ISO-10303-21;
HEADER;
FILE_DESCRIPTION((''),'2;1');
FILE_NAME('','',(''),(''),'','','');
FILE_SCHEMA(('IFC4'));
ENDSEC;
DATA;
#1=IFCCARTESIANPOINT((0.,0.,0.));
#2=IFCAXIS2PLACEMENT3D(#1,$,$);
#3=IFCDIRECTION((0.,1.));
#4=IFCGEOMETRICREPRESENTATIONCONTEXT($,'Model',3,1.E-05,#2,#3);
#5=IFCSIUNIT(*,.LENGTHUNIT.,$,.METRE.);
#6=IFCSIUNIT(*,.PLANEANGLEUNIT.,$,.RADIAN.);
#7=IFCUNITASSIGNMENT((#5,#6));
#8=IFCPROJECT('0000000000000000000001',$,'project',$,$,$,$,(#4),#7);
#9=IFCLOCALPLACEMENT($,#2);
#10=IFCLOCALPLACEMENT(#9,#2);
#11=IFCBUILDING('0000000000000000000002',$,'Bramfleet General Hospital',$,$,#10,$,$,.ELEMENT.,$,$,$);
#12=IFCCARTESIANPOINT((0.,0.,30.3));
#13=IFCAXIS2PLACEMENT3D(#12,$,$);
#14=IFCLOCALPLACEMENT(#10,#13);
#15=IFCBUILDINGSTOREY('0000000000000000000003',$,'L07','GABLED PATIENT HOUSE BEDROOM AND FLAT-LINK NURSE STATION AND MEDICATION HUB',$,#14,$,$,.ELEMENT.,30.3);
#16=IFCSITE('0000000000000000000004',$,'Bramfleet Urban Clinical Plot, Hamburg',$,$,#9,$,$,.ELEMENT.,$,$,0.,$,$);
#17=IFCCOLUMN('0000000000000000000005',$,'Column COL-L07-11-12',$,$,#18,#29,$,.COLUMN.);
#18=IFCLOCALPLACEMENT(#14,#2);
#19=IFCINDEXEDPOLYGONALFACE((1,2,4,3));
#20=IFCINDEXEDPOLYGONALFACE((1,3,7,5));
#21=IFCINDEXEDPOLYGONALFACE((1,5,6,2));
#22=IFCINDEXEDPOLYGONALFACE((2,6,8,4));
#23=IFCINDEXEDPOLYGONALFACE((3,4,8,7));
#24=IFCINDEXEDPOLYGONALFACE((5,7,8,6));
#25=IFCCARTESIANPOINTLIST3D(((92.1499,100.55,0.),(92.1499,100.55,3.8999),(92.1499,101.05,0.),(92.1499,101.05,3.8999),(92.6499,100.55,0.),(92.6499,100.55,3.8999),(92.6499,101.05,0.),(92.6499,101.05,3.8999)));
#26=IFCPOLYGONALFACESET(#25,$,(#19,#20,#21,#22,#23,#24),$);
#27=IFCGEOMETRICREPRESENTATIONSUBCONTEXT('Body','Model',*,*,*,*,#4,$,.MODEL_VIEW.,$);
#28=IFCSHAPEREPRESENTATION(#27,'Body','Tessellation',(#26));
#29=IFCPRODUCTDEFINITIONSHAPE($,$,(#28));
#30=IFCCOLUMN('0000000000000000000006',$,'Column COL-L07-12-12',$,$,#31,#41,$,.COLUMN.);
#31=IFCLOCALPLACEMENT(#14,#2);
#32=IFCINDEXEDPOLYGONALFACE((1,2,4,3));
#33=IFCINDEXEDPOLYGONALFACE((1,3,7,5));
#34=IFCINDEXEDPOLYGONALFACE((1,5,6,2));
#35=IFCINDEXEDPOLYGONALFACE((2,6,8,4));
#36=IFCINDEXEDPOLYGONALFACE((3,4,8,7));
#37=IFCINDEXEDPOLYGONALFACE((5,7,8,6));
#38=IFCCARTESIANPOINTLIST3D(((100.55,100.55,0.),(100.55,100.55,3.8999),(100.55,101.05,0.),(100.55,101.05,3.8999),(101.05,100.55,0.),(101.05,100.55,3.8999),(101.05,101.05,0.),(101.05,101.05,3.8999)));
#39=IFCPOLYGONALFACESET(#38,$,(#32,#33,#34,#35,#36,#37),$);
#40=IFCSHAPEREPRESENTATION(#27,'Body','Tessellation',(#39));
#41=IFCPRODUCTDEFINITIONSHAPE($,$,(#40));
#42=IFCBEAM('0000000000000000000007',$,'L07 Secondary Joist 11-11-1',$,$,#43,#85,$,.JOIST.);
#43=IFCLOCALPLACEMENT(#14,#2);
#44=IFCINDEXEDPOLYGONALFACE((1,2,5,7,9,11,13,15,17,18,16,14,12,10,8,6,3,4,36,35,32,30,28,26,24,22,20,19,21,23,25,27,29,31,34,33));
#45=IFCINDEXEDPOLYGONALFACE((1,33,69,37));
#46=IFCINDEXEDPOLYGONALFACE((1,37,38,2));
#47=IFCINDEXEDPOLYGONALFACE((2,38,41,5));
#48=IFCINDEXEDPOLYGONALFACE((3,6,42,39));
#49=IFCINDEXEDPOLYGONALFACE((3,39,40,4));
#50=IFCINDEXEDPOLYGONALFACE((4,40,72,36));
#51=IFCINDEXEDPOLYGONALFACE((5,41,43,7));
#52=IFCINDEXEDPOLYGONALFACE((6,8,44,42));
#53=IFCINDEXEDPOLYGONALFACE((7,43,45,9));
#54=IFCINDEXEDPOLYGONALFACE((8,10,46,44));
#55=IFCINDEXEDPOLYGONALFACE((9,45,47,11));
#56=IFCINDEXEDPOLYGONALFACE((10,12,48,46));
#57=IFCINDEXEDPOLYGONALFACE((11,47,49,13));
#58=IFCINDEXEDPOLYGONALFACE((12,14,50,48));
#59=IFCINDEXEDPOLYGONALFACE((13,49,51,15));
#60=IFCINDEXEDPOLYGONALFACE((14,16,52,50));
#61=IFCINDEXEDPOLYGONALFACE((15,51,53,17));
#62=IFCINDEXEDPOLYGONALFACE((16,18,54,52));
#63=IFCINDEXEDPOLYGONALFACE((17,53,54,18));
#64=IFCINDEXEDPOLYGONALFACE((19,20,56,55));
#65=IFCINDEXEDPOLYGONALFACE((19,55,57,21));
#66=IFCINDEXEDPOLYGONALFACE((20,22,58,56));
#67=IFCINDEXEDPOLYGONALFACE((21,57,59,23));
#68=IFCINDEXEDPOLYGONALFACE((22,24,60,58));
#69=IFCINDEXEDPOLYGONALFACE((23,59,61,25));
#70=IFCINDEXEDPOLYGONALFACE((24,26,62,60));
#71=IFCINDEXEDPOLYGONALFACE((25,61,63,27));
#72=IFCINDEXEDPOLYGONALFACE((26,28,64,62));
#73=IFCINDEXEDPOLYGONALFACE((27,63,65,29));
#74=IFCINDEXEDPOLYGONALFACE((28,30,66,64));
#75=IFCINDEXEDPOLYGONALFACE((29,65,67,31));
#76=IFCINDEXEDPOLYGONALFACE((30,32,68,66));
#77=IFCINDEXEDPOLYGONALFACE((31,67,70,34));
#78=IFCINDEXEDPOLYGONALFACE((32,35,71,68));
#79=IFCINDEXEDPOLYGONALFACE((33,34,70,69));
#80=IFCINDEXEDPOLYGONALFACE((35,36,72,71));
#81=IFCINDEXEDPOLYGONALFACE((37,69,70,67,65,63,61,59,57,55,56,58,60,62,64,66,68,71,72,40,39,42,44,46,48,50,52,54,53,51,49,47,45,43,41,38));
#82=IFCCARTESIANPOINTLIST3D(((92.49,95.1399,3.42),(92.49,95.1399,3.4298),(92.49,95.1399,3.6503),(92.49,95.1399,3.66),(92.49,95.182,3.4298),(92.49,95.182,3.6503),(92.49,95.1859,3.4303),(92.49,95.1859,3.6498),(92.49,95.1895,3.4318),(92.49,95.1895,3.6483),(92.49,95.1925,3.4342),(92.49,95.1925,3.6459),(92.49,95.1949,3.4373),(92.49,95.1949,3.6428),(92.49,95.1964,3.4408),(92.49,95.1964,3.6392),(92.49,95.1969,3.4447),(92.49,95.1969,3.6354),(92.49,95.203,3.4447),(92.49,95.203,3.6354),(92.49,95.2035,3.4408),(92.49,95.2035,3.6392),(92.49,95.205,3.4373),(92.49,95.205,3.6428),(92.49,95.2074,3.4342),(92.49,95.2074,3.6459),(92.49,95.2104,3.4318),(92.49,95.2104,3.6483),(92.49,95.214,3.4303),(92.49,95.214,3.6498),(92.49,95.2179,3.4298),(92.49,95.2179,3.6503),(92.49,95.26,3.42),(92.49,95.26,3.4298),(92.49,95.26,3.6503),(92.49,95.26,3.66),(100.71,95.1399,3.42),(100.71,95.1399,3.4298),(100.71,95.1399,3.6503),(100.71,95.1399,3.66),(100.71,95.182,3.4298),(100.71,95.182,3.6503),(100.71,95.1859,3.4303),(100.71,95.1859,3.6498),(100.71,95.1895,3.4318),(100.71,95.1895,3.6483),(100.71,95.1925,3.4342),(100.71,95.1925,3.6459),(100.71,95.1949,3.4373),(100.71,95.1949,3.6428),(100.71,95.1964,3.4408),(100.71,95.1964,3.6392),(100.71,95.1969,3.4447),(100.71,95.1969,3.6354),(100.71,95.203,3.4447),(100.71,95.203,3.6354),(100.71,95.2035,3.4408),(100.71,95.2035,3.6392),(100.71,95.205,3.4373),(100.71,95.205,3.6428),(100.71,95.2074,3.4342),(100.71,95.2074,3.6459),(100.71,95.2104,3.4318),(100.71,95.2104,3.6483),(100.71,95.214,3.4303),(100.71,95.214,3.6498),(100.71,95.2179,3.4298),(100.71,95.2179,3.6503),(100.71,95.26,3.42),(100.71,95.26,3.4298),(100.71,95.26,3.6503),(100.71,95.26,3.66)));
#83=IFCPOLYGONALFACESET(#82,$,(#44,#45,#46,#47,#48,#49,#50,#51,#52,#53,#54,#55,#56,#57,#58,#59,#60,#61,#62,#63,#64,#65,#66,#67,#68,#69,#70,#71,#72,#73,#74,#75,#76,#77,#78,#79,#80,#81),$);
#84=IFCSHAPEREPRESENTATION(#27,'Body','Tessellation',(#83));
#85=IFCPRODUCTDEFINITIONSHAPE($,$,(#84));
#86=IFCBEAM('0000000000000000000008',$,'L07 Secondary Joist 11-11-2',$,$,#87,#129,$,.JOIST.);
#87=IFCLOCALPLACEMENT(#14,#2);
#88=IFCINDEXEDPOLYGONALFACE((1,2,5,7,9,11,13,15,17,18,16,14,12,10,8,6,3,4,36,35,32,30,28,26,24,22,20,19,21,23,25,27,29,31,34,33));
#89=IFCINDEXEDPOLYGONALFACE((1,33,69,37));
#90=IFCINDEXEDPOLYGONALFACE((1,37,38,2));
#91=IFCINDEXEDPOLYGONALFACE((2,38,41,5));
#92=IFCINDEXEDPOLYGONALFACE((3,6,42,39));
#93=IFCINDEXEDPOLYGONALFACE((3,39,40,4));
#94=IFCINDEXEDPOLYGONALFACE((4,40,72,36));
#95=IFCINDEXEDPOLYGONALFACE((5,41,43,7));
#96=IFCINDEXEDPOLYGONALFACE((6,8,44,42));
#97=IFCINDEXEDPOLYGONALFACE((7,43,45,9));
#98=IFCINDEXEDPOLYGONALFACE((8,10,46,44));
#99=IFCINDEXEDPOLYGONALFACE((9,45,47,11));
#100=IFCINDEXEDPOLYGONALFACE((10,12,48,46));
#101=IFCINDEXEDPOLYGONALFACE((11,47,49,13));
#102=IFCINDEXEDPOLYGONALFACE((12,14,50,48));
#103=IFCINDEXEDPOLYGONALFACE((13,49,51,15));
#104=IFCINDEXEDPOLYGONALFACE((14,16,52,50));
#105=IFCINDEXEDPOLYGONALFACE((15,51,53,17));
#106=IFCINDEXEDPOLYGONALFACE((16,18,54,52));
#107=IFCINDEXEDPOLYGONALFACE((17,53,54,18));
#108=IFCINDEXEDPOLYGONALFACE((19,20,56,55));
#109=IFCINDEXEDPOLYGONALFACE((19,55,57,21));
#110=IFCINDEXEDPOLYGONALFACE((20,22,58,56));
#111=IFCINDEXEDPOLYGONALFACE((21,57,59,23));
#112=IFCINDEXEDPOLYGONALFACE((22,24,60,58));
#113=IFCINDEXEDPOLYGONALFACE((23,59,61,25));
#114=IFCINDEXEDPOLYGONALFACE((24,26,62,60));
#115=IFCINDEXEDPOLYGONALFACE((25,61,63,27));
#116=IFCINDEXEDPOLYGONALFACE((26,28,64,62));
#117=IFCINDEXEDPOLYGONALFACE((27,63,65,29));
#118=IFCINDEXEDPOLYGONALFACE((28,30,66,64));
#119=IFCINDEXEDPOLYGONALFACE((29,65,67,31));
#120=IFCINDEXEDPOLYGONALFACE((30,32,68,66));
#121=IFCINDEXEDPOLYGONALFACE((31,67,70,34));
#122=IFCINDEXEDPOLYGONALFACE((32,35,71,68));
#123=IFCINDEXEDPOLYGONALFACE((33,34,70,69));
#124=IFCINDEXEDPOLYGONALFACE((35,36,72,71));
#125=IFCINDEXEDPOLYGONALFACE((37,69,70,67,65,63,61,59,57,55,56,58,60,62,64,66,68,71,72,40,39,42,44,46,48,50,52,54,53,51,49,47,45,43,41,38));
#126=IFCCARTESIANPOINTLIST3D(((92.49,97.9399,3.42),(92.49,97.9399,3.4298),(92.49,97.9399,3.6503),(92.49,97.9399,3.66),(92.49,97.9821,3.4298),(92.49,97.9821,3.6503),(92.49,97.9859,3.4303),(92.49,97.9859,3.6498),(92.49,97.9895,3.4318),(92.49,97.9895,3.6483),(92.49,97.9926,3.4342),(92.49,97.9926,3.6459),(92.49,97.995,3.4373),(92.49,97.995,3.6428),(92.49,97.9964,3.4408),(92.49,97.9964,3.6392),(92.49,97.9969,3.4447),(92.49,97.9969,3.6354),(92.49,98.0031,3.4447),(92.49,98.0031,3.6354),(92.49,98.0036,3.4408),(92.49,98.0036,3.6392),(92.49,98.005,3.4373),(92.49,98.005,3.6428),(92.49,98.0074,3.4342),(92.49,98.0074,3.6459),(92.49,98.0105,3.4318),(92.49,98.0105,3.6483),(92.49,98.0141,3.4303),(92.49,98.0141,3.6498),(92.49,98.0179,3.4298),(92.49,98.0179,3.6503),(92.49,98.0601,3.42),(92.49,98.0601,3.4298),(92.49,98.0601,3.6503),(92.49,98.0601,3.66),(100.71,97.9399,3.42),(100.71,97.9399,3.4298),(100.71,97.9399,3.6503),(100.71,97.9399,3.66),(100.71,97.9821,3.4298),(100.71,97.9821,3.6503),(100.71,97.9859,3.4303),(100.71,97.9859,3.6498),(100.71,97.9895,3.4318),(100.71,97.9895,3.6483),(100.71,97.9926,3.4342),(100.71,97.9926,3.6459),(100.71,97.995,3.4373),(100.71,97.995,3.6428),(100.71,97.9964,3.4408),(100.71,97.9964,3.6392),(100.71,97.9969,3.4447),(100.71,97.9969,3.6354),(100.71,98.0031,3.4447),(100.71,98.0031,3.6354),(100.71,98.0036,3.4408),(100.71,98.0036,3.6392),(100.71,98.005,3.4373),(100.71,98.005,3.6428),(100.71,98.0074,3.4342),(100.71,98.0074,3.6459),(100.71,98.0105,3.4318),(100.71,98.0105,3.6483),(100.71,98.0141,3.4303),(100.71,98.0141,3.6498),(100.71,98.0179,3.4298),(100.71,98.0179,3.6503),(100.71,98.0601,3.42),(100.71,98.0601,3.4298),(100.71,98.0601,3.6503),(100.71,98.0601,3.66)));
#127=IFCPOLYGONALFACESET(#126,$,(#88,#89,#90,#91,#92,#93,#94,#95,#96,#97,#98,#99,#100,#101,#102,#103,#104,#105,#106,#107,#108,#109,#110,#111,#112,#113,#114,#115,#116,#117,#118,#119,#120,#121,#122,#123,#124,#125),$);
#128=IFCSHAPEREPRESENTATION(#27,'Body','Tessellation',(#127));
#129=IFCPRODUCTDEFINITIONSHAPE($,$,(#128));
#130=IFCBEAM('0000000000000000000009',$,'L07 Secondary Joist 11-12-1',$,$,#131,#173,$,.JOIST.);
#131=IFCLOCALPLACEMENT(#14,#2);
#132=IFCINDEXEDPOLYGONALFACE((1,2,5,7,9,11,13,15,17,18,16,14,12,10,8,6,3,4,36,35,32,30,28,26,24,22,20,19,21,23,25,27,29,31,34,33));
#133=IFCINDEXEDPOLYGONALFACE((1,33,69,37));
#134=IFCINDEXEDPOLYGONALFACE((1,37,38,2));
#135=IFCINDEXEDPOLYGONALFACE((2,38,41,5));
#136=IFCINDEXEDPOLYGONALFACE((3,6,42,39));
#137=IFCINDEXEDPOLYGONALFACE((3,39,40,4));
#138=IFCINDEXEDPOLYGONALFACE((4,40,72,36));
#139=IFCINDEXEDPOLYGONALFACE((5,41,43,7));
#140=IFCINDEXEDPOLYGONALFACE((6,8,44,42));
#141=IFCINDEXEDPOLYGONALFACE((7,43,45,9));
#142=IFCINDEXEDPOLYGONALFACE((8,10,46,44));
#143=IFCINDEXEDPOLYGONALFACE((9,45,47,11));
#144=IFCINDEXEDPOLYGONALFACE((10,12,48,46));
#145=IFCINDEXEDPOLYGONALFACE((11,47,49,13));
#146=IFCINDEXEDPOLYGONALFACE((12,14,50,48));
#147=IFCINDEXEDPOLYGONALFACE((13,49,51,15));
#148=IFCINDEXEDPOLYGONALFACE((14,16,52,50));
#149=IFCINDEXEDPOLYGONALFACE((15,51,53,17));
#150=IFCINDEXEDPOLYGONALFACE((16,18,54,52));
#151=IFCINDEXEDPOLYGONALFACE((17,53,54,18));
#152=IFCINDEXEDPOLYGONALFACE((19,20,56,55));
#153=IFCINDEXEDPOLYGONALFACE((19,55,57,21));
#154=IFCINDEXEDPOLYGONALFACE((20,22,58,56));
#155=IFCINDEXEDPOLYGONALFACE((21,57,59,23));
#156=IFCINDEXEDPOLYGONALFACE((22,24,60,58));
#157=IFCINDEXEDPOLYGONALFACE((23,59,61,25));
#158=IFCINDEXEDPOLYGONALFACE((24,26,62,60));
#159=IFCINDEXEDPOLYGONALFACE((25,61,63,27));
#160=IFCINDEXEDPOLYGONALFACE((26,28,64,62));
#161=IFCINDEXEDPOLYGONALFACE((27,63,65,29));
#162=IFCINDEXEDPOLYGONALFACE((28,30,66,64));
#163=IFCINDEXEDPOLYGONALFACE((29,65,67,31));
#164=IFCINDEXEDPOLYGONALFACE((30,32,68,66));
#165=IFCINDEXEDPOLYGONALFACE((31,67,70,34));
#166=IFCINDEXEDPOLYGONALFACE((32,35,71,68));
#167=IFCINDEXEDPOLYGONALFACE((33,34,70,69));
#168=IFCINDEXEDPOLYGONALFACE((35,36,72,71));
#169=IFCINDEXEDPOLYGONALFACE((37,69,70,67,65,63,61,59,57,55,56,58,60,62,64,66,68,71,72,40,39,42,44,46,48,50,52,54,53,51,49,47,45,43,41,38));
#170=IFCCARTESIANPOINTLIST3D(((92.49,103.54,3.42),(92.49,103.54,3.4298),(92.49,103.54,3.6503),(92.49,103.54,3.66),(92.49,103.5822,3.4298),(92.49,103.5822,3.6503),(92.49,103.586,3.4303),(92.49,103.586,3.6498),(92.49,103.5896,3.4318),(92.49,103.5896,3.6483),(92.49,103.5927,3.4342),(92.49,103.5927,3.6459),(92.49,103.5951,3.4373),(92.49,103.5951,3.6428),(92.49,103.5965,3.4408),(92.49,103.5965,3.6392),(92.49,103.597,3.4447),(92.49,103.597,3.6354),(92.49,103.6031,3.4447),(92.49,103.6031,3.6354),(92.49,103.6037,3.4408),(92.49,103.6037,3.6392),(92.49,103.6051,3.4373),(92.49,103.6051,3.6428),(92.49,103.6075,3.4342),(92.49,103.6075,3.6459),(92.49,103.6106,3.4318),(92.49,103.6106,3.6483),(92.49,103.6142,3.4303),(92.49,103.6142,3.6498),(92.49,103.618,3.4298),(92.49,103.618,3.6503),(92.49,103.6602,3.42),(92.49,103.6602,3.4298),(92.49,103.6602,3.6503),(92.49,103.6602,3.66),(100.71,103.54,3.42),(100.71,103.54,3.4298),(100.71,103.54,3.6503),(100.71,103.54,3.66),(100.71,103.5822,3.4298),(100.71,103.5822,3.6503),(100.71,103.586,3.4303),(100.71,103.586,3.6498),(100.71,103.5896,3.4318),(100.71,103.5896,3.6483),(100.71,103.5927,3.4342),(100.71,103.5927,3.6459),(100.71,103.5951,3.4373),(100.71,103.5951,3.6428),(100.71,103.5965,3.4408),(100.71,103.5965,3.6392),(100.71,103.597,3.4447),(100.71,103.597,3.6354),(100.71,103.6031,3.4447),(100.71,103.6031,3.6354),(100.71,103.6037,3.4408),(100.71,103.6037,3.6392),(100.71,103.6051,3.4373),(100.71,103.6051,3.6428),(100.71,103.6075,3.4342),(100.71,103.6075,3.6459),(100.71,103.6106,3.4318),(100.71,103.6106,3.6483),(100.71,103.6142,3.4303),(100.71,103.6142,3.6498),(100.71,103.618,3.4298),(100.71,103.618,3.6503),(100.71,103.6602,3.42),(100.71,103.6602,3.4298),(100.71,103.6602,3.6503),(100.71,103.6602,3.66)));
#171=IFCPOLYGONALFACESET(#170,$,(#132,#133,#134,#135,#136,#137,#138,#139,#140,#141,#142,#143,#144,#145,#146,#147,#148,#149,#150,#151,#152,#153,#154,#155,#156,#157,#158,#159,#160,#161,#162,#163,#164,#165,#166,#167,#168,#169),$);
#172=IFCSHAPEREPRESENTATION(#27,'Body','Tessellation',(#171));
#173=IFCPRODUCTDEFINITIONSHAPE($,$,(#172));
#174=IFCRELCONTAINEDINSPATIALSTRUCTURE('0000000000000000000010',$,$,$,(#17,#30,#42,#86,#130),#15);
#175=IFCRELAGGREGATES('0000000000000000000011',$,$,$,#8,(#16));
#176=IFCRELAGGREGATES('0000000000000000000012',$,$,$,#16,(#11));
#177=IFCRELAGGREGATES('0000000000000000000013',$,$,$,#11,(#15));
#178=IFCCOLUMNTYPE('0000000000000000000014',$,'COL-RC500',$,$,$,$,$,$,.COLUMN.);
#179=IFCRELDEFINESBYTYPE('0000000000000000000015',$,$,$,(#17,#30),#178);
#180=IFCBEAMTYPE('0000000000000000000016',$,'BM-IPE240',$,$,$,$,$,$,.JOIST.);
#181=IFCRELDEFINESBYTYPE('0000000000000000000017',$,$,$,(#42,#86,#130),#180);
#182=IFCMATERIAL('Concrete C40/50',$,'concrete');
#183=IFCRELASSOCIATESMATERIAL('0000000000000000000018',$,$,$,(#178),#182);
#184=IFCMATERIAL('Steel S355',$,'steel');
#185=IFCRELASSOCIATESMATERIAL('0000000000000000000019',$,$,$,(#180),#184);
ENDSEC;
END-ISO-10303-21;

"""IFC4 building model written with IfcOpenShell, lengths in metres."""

from ifc_helpers import new_model, si_unit, direction, frame, origin, origin_2d, place, context, subcontext, project, spatial, rectangle, i_section, extrude, material, material_profile, profile_set, type_object, element, save


model = new_model("IFC4")

# Units and contexts
model_context = context("Model", 3, precision=1e-05, world=origin(), true_north=direction((0.0, 1.0)))
body_context = subcontext(model_context, "Body", "Model", "MODEL_VIEW")
ifc_project = project(units=[si_unit("LENGTHUNIT", "METRE"), si_unit("PLANEANGLEUNIT", "RADIAN")], contexts=[model_context])

# Site, building, storey
site_placement = place(None, origin())
site = spatial("IfcSite", under=ifc_project, at=site_placement, Name="Bramfleet Urban Clinical Plot, Hamburg", CompositionType="ELEMENT", RefElevation=0.0)
building_placement = place(site_placement, origin())
building = spatial("IfcBuilding", under=site, at=building_placement, Name="Bramfleet General Hospital", CompositionType="ELEMENT")
storey_placement = place(building_placement, frame((0.0, 0.0, 30.3)))
storey = spatial("IfcBuildingStorey", under=building, at=storey_placement, Name="L07", Description="GABLED PATIENT HOUSE BEDROOM AND FLAT-LINK NURSE STATION AND MEDICATION HUB", CompositionType="ELEMENT", Elevation=30.3)

# Columns
ifc_material_1 = material(Name="Concrete C40/50", Category="concrete")
ifc_material_profile_1 = material_profile(ifc_material_1, rectangle(XDim=0.5, YDim=0.5, at=origin_2d()), Name="RC COL 500x500")
ifc_profile_set_1 = profile_set([ifc_material_profile_1], Name="Concrete C40/50")
column_type = type_object("IfcColumnType", Name="COL-RC500", PredefinedType="COLUMN", material=ifc_profile_set_1)
for number, where, z_axis, x_axis, name in (
    (1, (92.3999, 100.8, 0.0), (0.0, 0.0, 1.0), (1.0, 0.0, 0.0), "Column COL-L07-11-12"),
    (2, (100.8, 100.8, 0.0), (0.0, 0.0, 1.0), (1.0, 0.0, 0.0), "Column COL-L07-12-12"),
):
    element("IfcColumn", number, at=place(storey_placement, frame(where, z_axis=z_axis, x_axis=x_axis)), inside=storey, type_object=column_type, Name=name, PredefinedType="COLUMN", context=body_context, shape_type="SweptSolid", body=[
        extrude(rectangle(XDim=0.5, YDim=0.5, at=origin_2d()), origin(), (0.0, 0.0, 1.0), 3.8999),
    ])

# Beams
ifc_material_2 = material(Name="Steel S355", Category="steel")
ifc_material_profile_2 = material_profile(ifc_material_2, i_section(OverallWidth=0.1201, OverallDepth=0.24, WebThickness=0.0061, FlangeThickness=0.0098, FilletRadius=0.0149, at=origin_2d()), Name="IPE 240")
ifc_profile_set_2 = profile_set([ifc_material_profile_2], Name="Steel S355")
beam_type_1 = type_object("IfcBeamType", Name="BM-IPE240", PredefinedType="JOIST", material=ifc_profile_set_2)
for number, where, z_axis, x_axis, name in (
    (3, (92.49, 95.2, 3.54), (1.0, 0.0, 0.0), (0.0, 1.0, 0.0), "L07 Secondary Joist 11-11-1"),
    (4, (92.49, 98.0, 3.54), (1.0, 0.0, 0.0), (0.0, 1.0, 0.0), "L07 Secondary Joist 11-11-2"),
    (5, (92.49, 103.6001, 3.54), (1.0, 0.0, 0.0), (0.0, 1.0, 0.0), "L07 Secondary Joist 11-12-1"),
):
    element("IfcBeam", number, at=place(storey_placement, frame(where, z_axis=z_axis, x_axis=x_axis)), inside=storey, type_object=beam_type_1, Name=name, PredefinedType="JOIST", context=body_context, shape_type="SweptSolid", body=[
        extrude(i_section(OverallWidth=0.1201, OverallDepth=0.24, WebThickness=0.0061, FlangeThickness=0.0098, FilletRadius=0.0149, at=origin_2d()), origin(), (0.0, 0.0, 1.0), 8.22),
    ])

save(model, "model.ifc")
